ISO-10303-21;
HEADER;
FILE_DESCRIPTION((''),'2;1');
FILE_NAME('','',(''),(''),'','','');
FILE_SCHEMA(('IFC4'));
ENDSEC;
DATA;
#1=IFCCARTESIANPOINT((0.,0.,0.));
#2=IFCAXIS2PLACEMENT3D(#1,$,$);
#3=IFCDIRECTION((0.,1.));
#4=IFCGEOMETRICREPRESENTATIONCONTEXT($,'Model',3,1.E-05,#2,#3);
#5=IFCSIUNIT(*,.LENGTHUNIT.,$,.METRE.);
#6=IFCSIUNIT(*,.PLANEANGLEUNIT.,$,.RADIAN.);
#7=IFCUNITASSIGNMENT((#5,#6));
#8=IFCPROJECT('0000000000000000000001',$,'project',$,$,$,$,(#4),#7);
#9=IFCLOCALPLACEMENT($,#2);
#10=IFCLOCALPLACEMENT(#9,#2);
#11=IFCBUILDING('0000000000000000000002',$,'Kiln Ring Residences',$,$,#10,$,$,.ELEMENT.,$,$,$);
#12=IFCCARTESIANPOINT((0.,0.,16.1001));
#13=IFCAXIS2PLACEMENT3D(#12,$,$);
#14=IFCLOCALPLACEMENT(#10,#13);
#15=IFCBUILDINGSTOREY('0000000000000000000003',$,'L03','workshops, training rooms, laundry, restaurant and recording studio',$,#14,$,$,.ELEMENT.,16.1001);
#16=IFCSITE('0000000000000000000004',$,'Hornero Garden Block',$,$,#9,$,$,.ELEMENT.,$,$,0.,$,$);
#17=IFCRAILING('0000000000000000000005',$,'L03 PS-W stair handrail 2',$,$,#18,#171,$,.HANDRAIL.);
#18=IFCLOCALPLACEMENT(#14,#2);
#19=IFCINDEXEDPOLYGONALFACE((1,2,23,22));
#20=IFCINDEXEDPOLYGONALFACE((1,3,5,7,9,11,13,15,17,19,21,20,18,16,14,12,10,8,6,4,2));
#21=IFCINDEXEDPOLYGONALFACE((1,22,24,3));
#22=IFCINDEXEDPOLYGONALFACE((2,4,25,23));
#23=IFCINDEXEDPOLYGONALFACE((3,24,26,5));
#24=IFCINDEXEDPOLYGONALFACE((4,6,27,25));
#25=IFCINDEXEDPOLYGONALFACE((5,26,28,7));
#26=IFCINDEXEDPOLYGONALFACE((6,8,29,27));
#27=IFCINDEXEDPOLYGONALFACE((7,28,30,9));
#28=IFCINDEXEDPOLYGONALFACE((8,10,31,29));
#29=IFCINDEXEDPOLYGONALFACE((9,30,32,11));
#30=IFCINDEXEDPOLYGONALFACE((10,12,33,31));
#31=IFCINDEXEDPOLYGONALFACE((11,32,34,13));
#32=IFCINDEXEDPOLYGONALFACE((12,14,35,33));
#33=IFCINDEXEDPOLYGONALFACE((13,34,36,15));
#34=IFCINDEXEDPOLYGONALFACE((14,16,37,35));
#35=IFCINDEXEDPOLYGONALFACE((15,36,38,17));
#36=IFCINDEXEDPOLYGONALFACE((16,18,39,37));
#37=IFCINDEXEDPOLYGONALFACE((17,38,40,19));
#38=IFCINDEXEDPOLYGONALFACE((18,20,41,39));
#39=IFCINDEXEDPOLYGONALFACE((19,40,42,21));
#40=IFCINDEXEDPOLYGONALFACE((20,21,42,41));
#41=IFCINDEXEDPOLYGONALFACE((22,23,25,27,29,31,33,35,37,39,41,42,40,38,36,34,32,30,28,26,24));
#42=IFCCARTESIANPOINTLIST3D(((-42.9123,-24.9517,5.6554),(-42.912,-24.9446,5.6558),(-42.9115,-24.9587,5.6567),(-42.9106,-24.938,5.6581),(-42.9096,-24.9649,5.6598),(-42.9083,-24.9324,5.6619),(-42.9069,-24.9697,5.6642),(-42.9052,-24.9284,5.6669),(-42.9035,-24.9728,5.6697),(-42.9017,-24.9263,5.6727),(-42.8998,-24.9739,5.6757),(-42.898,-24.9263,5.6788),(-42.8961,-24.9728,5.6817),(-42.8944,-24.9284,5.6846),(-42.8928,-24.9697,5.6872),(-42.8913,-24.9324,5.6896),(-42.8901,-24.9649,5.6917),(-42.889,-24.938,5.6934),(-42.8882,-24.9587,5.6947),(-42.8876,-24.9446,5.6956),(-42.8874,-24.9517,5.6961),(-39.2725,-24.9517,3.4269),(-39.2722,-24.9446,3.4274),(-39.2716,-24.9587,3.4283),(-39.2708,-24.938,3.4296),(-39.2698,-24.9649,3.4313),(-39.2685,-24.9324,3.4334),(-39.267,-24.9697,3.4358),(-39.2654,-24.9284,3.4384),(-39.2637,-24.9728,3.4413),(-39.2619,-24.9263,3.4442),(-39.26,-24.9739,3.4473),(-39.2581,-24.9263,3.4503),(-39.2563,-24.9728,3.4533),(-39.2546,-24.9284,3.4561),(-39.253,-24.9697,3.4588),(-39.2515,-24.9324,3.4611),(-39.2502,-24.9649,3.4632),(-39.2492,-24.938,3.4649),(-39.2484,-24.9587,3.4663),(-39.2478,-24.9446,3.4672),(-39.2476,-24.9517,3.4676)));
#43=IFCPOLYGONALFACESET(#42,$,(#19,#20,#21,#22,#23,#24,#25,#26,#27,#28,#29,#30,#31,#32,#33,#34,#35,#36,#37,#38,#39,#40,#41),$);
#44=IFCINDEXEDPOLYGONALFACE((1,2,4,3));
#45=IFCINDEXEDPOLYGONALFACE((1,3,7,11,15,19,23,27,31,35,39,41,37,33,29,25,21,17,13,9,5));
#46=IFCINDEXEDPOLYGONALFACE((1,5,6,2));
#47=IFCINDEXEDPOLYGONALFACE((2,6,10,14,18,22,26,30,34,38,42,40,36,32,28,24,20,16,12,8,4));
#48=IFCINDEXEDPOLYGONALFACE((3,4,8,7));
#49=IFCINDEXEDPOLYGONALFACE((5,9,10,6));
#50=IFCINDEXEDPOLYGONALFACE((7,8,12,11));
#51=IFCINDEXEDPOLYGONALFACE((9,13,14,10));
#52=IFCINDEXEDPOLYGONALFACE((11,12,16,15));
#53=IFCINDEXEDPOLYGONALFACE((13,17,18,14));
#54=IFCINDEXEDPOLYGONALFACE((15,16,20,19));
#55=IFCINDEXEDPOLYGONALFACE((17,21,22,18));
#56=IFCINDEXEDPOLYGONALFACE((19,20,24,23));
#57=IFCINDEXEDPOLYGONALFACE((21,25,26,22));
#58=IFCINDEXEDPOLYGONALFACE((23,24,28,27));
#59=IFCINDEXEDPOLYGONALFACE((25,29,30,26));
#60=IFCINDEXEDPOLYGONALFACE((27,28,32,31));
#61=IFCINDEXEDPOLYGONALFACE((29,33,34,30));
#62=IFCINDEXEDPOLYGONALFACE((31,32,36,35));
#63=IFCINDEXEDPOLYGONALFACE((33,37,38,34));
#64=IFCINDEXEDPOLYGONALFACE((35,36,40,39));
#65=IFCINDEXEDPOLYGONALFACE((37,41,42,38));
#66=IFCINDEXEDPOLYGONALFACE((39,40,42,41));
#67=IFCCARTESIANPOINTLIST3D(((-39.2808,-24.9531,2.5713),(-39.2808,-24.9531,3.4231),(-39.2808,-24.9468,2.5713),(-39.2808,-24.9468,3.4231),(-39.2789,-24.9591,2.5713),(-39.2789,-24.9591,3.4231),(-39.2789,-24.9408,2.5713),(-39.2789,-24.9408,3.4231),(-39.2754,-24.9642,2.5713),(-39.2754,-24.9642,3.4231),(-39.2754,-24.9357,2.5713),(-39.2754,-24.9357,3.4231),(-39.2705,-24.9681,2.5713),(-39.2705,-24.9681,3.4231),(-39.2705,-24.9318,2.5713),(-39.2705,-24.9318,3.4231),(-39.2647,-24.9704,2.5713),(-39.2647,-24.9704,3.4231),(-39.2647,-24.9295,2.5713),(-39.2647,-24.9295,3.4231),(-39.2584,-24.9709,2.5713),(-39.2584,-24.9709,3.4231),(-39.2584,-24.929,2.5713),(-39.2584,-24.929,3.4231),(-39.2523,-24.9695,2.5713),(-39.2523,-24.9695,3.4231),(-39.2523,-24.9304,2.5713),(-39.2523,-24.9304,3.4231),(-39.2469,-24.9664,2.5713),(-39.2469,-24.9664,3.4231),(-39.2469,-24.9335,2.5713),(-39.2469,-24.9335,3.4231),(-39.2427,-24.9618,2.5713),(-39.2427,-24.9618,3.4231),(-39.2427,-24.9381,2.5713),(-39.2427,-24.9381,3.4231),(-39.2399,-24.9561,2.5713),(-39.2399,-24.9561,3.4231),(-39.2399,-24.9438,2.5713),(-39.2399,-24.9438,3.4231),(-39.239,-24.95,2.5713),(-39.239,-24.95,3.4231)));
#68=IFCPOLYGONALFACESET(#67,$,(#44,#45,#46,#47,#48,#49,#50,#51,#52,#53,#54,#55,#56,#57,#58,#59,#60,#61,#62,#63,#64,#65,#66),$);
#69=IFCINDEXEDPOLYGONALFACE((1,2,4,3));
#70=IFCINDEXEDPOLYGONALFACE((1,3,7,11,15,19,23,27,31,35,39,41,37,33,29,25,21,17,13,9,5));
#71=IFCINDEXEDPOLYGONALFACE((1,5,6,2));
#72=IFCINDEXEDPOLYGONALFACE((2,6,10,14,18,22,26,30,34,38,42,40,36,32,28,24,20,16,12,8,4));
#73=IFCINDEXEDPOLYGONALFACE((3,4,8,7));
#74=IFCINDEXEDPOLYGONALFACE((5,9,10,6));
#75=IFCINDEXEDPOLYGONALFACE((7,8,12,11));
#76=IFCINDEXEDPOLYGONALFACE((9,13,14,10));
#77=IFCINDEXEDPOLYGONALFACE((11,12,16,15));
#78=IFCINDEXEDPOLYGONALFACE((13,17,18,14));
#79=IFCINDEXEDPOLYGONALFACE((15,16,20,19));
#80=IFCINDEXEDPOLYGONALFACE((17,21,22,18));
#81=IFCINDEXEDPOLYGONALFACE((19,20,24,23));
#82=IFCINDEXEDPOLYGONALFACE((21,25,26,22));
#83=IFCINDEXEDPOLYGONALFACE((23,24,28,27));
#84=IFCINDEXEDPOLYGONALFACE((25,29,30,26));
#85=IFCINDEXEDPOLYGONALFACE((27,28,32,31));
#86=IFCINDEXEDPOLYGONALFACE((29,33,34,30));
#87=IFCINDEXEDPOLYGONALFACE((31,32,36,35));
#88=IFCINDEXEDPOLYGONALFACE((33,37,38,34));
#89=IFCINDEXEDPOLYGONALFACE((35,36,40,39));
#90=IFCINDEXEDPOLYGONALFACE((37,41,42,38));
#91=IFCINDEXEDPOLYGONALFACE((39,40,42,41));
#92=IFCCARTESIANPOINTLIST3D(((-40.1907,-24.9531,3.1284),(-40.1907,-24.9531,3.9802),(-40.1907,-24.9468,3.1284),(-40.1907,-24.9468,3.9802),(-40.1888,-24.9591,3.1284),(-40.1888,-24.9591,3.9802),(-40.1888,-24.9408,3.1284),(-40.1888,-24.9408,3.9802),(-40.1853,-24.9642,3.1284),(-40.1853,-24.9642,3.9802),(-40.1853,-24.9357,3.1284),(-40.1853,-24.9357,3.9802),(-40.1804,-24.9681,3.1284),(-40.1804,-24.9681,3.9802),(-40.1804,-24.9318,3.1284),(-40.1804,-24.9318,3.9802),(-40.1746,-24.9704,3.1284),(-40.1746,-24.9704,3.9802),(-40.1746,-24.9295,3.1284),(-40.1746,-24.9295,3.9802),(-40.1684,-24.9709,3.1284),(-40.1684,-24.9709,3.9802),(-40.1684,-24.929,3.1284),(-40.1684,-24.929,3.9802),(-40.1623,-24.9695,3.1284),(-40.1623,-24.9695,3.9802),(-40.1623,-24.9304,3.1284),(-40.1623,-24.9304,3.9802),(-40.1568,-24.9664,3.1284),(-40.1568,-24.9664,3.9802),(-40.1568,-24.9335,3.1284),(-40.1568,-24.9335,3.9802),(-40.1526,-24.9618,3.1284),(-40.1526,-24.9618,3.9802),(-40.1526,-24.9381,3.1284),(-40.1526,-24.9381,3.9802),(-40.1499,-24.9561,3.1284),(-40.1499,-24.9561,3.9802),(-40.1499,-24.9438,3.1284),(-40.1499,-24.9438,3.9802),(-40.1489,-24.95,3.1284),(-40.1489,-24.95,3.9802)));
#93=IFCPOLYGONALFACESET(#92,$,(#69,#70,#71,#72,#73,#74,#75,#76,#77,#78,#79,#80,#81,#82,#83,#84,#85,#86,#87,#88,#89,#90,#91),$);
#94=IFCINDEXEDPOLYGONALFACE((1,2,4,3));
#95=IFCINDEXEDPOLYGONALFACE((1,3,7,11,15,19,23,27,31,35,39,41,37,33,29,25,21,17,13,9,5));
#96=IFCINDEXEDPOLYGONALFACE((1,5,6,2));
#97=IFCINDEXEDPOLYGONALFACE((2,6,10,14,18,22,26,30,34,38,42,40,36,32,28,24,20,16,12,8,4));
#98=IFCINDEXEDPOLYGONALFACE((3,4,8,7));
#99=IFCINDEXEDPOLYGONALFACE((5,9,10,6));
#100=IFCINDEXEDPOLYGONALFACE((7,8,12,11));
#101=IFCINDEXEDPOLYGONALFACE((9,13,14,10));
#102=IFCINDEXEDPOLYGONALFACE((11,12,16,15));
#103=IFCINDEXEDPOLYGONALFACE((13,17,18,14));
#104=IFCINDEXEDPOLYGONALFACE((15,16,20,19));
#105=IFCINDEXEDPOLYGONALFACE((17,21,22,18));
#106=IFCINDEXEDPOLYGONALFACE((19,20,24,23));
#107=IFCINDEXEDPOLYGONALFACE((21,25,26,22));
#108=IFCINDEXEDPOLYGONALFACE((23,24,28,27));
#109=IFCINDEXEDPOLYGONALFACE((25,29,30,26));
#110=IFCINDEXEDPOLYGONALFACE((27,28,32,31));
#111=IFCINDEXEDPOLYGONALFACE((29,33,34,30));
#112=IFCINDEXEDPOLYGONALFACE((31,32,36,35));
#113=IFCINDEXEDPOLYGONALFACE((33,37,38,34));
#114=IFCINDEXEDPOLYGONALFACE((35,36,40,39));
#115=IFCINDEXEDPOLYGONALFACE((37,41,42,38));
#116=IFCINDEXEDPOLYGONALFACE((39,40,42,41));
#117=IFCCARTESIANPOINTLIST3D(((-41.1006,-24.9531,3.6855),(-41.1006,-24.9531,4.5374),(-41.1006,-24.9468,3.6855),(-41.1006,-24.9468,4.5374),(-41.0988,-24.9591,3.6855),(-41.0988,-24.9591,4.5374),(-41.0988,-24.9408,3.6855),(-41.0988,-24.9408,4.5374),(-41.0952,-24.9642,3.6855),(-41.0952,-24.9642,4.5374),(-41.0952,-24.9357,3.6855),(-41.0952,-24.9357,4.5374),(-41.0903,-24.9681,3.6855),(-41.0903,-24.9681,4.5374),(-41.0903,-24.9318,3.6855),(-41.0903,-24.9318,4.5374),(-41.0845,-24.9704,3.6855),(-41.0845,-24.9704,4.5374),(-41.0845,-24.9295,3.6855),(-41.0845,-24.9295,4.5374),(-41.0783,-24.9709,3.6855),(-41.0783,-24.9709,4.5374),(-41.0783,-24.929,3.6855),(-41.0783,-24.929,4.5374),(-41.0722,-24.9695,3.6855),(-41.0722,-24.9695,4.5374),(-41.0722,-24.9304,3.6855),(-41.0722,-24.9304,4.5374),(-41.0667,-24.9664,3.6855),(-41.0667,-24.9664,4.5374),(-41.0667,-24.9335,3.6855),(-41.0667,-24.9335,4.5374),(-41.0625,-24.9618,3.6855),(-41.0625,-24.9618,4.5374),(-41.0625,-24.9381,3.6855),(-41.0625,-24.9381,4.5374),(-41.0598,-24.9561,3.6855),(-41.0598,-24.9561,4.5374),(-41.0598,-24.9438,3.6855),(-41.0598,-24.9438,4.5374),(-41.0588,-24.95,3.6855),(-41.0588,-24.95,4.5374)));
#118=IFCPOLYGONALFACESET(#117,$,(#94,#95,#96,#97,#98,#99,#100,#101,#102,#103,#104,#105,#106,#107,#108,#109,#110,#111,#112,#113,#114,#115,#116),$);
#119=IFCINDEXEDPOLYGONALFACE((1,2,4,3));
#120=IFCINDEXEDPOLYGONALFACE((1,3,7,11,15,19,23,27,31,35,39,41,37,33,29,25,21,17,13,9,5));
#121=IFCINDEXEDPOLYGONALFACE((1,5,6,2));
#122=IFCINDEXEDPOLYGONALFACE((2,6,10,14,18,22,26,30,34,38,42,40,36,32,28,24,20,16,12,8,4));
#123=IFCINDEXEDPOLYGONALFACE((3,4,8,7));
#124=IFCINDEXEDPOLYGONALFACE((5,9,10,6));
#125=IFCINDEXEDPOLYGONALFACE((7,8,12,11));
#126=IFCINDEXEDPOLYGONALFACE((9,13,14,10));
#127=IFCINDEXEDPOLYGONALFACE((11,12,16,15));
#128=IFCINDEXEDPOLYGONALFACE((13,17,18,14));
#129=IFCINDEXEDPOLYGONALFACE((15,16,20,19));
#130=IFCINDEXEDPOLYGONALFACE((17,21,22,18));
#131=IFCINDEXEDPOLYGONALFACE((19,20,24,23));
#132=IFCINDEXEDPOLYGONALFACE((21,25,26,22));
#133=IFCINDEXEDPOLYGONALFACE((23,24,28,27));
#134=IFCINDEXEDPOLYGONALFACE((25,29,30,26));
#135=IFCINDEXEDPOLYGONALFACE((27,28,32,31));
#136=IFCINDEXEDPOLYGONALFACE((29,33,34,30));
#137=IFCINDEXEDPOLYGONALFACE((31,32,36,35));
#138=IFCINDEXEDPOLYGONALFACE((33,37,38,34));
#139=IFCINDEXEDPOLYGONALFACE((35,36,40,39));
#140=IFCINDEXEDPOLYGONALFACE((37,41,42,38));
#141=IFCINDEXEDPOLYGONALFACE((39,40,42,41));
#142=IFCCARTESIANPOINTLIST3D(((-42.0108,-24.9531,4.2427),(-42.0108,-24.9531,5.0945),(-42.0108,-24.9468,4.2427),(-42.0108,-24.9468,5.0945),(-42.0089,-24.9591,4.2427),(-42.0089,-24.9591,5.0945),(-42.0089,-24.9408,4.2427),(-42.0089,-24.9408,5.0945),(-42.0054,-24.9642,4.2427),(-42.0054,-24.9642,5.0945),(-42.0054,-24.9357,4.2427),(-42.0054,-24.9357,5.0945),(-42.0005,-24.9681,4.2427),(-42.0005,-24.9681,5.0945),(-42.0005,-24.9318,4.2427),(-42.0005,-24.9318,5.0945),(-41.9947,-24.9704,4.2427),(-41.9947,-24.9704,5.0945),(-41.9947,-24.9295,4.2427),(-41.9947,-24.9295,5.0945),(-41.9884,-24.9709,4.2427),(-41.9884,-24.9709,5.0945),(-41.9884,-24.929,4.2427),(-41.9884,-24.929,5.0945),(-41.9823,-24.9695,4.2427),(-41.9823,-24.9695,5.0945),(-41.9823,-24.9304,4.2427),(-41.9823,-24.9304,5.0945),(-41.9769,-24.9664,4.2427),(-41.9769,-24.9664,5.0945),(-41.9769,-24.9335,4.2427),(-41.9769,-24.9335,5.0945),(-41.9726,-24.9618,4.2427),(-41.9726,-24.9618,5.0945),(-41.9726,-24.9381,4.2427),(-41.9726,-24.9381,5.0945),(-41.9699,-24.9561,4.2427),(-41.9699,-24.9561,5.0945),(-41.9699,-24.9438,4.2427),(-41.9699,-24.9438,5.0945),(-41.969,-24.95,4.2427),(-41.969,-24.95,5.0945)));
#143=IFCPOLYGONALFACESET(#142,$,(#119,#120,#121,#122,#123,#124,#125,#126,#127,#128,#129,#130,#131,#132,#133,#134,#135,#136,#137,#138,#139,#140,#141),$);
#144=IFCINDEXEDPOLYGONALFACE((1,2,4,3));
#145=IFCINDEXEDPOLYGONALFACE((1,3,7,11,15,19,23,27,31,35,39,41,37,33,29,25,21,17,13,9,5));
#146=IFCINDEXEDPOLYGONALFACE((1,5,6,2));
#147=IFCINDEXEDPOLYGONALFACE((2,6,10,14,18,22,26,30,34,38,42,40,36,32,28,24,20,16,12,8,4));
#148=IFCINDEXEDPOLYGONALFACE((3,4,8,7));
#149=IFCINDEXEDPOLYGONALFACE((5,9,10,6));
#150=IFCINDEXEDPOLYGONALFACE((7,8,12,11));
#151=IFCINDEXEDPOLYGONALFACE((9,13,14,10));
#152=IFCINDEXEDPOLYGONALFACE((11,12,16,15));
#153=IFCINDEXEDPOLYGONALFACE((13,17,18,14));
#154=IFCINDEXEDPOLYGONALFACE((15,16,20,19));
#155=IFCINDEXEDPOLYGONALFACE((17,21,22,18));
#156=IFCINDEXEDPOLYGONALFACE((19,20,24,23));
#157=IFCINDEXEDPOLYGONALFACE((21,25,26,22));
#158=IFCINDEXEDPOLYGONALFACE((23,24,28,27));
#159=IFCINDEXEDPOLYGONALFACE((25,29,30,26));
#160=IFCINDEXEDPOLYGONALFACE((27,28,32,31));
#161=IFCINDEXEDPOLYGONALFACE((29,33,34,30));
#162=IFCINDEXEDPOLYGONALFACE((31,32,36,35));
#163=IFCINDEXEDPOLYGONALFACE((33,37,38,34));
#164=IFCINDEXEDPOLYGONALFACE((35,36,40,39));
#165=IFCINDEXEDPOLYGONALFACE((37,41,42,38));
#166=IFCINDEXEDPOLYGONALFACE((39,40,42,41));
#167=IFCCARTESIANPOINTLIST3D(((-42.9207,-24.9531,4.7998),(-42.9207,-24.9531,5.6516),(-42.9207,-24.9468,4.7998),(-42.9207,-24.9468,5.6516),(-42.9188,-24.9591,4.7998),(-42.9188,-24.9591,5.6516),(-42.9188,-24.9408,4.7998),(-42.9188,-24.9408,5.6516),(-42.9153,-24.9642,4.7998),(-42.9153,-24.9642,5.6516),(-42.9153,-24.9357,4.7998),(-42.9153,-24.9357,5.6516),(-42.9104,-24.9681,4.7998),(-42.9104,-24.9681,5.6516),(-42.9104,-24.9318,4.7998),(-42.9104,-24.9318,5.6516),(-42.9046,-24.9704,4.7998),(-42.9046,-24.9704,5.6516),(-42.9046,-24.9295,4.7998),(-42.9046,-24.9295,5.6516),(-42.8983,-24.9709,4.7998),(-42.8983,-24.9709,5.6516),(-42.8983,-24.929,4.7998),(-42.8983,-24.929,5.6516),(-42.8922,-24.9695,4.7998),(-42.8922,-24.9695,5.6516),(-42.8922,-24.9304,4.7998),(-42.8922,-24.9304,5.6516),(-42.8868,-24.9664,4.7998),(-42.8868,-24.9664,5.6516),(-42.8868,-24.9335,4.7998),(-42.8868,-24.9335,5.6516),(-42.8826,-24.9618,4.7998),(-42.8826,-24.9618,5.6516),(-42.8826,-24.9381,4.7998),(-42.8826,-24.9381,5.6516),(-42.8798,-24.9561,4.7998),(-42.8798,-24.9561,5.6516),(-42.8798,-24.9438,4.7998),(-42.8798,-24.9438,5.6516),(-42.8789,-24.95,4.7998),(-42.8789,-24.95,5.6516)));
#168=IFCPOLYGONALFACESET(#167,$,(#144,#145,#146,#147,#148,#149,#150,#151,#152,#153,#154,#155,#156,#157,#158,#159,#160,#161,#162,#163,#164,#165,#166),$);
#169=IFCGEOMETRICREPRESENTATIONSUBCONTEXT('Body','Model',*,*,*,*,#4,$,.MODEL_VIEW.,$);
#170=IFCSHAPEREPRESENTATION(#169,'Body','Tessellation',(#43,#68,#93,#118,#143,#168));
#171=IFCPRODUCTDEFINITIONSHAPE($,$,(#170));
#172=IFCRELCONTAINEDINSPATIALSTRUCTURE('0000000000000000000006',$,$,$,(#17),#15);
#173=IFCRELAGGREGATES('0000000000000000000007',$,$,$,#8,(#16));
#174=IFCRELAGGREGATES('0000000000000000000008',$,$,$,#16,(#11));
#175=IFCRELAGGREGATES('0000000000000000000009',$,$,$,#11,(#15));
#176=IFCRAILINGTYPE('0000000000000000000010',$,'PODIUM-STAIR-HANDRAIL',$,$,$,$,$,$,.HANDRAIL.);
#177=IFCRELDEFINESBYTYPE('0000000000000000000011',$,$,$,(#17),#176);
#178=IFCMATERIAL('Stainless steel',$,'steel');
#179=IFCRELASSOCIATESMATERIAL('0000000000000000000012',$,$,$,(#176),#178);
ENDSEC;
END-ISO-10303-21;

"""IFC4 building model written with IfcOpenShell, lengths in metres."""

from ifc_helpers import new_model, si_unit, direction, frame, origin, origin_2d, place, context, subcontext, project, spatial, circle, extrude, material, type_object, element, save


model = new_model("IFC4")

# Units and contexts
model_context = context("Model", 3, precision=1e-05, world=origin(), true_north=direction((0.0, 1.0)))
body_context = subcontext(model_context, "Body", "Model", "MODEL_VIEW")
ifc_project = project(units=[si_unit("LENGTHUNIT", "METRE"), si_unit("PLANEANGLEUNIT", "RADIAN")], contexts=[model_context])

# Site, building, storey
site_placement = place(None, origin())
site = spatial("IfcSite", under=ifc_project, at=site_placement, Name="Hornero Garden Block", CompositionType="ELEMENT", RefElevation=0.0)
building_placement = place(site_placement, origin())
building = spatial("IfcBuilding", under=site, at=building_placement, Name="Kiln Ring Residences", CompositionType="ELEMENT")
storey_placement = place(building_placement, frame((0.0, 0.0, 16.1001)))
storey = spatial("IfcBuildingStorey", under=building, at=storey_placement, Name="L03", Description="workshops, training rooms, laundry, restaurant and recording studio", CompositionType="ELEMENT", Elevation=16.1001)

# Railing
ifc_material_1 = material(Name="Stainless steel", Category="steel")
railing_type_1 = type_object("IfcRailingType", Name="PODIUM-STAIR-HANDRAIL", PredefinedType="HANDRAIL", material=ifc_material_1)
railing_1_placement = place(storey_placement, frame((-39.26, -24.95, 2.5713)))
element("IfcRailing", 1, at=railing_1_placement, inside=storey, type_object=railing_type_1, Name="L03 PS-W stair handrail 2", PredefinedType="HANDRAIL", context=body_context, shape_type="SweptSolid", body=[
    extrude(circle(Radius=0.0239, at=origin_2d()), frame((0.0, 0.0, 0.876), z_axis=(-0.85285, 0.0, 0.522156), x_axis=(0.0, -1.0, 0.0)), (0.0, 0.0, 1.0), 4.2678),
    extrude(circle(Radius=0.021, at=origin_2d()), origin(), (0.0, 0.0, 1.0), 0.8518),
    extrude(circle(Radius=0.021, at=origin_2d()), frame((-0.9099, 0.0, 0.5571)), (0.0, 0.0, 1.0), 0.8518),
    extrude(circle(Radius=0.021, at=origin_2d()), frame((-1.8198, 0.0, 1.1143)), (0.0, 0.0, 1.0), 0.8518),
    extrude(circle(Radius=0.021, at=origin_2d()), frame((-2.73, 0.0, 1.6714)), (0.0, 0.0, 1.0), 0.8518),
    extrude(circle(Radius=0.021, at=origin_2d()), frame((-3.6399, 0.0, 2.2285)), (0.0, 0.0, 1.0), 0.8518),
])

save(model, "model.ifc")
